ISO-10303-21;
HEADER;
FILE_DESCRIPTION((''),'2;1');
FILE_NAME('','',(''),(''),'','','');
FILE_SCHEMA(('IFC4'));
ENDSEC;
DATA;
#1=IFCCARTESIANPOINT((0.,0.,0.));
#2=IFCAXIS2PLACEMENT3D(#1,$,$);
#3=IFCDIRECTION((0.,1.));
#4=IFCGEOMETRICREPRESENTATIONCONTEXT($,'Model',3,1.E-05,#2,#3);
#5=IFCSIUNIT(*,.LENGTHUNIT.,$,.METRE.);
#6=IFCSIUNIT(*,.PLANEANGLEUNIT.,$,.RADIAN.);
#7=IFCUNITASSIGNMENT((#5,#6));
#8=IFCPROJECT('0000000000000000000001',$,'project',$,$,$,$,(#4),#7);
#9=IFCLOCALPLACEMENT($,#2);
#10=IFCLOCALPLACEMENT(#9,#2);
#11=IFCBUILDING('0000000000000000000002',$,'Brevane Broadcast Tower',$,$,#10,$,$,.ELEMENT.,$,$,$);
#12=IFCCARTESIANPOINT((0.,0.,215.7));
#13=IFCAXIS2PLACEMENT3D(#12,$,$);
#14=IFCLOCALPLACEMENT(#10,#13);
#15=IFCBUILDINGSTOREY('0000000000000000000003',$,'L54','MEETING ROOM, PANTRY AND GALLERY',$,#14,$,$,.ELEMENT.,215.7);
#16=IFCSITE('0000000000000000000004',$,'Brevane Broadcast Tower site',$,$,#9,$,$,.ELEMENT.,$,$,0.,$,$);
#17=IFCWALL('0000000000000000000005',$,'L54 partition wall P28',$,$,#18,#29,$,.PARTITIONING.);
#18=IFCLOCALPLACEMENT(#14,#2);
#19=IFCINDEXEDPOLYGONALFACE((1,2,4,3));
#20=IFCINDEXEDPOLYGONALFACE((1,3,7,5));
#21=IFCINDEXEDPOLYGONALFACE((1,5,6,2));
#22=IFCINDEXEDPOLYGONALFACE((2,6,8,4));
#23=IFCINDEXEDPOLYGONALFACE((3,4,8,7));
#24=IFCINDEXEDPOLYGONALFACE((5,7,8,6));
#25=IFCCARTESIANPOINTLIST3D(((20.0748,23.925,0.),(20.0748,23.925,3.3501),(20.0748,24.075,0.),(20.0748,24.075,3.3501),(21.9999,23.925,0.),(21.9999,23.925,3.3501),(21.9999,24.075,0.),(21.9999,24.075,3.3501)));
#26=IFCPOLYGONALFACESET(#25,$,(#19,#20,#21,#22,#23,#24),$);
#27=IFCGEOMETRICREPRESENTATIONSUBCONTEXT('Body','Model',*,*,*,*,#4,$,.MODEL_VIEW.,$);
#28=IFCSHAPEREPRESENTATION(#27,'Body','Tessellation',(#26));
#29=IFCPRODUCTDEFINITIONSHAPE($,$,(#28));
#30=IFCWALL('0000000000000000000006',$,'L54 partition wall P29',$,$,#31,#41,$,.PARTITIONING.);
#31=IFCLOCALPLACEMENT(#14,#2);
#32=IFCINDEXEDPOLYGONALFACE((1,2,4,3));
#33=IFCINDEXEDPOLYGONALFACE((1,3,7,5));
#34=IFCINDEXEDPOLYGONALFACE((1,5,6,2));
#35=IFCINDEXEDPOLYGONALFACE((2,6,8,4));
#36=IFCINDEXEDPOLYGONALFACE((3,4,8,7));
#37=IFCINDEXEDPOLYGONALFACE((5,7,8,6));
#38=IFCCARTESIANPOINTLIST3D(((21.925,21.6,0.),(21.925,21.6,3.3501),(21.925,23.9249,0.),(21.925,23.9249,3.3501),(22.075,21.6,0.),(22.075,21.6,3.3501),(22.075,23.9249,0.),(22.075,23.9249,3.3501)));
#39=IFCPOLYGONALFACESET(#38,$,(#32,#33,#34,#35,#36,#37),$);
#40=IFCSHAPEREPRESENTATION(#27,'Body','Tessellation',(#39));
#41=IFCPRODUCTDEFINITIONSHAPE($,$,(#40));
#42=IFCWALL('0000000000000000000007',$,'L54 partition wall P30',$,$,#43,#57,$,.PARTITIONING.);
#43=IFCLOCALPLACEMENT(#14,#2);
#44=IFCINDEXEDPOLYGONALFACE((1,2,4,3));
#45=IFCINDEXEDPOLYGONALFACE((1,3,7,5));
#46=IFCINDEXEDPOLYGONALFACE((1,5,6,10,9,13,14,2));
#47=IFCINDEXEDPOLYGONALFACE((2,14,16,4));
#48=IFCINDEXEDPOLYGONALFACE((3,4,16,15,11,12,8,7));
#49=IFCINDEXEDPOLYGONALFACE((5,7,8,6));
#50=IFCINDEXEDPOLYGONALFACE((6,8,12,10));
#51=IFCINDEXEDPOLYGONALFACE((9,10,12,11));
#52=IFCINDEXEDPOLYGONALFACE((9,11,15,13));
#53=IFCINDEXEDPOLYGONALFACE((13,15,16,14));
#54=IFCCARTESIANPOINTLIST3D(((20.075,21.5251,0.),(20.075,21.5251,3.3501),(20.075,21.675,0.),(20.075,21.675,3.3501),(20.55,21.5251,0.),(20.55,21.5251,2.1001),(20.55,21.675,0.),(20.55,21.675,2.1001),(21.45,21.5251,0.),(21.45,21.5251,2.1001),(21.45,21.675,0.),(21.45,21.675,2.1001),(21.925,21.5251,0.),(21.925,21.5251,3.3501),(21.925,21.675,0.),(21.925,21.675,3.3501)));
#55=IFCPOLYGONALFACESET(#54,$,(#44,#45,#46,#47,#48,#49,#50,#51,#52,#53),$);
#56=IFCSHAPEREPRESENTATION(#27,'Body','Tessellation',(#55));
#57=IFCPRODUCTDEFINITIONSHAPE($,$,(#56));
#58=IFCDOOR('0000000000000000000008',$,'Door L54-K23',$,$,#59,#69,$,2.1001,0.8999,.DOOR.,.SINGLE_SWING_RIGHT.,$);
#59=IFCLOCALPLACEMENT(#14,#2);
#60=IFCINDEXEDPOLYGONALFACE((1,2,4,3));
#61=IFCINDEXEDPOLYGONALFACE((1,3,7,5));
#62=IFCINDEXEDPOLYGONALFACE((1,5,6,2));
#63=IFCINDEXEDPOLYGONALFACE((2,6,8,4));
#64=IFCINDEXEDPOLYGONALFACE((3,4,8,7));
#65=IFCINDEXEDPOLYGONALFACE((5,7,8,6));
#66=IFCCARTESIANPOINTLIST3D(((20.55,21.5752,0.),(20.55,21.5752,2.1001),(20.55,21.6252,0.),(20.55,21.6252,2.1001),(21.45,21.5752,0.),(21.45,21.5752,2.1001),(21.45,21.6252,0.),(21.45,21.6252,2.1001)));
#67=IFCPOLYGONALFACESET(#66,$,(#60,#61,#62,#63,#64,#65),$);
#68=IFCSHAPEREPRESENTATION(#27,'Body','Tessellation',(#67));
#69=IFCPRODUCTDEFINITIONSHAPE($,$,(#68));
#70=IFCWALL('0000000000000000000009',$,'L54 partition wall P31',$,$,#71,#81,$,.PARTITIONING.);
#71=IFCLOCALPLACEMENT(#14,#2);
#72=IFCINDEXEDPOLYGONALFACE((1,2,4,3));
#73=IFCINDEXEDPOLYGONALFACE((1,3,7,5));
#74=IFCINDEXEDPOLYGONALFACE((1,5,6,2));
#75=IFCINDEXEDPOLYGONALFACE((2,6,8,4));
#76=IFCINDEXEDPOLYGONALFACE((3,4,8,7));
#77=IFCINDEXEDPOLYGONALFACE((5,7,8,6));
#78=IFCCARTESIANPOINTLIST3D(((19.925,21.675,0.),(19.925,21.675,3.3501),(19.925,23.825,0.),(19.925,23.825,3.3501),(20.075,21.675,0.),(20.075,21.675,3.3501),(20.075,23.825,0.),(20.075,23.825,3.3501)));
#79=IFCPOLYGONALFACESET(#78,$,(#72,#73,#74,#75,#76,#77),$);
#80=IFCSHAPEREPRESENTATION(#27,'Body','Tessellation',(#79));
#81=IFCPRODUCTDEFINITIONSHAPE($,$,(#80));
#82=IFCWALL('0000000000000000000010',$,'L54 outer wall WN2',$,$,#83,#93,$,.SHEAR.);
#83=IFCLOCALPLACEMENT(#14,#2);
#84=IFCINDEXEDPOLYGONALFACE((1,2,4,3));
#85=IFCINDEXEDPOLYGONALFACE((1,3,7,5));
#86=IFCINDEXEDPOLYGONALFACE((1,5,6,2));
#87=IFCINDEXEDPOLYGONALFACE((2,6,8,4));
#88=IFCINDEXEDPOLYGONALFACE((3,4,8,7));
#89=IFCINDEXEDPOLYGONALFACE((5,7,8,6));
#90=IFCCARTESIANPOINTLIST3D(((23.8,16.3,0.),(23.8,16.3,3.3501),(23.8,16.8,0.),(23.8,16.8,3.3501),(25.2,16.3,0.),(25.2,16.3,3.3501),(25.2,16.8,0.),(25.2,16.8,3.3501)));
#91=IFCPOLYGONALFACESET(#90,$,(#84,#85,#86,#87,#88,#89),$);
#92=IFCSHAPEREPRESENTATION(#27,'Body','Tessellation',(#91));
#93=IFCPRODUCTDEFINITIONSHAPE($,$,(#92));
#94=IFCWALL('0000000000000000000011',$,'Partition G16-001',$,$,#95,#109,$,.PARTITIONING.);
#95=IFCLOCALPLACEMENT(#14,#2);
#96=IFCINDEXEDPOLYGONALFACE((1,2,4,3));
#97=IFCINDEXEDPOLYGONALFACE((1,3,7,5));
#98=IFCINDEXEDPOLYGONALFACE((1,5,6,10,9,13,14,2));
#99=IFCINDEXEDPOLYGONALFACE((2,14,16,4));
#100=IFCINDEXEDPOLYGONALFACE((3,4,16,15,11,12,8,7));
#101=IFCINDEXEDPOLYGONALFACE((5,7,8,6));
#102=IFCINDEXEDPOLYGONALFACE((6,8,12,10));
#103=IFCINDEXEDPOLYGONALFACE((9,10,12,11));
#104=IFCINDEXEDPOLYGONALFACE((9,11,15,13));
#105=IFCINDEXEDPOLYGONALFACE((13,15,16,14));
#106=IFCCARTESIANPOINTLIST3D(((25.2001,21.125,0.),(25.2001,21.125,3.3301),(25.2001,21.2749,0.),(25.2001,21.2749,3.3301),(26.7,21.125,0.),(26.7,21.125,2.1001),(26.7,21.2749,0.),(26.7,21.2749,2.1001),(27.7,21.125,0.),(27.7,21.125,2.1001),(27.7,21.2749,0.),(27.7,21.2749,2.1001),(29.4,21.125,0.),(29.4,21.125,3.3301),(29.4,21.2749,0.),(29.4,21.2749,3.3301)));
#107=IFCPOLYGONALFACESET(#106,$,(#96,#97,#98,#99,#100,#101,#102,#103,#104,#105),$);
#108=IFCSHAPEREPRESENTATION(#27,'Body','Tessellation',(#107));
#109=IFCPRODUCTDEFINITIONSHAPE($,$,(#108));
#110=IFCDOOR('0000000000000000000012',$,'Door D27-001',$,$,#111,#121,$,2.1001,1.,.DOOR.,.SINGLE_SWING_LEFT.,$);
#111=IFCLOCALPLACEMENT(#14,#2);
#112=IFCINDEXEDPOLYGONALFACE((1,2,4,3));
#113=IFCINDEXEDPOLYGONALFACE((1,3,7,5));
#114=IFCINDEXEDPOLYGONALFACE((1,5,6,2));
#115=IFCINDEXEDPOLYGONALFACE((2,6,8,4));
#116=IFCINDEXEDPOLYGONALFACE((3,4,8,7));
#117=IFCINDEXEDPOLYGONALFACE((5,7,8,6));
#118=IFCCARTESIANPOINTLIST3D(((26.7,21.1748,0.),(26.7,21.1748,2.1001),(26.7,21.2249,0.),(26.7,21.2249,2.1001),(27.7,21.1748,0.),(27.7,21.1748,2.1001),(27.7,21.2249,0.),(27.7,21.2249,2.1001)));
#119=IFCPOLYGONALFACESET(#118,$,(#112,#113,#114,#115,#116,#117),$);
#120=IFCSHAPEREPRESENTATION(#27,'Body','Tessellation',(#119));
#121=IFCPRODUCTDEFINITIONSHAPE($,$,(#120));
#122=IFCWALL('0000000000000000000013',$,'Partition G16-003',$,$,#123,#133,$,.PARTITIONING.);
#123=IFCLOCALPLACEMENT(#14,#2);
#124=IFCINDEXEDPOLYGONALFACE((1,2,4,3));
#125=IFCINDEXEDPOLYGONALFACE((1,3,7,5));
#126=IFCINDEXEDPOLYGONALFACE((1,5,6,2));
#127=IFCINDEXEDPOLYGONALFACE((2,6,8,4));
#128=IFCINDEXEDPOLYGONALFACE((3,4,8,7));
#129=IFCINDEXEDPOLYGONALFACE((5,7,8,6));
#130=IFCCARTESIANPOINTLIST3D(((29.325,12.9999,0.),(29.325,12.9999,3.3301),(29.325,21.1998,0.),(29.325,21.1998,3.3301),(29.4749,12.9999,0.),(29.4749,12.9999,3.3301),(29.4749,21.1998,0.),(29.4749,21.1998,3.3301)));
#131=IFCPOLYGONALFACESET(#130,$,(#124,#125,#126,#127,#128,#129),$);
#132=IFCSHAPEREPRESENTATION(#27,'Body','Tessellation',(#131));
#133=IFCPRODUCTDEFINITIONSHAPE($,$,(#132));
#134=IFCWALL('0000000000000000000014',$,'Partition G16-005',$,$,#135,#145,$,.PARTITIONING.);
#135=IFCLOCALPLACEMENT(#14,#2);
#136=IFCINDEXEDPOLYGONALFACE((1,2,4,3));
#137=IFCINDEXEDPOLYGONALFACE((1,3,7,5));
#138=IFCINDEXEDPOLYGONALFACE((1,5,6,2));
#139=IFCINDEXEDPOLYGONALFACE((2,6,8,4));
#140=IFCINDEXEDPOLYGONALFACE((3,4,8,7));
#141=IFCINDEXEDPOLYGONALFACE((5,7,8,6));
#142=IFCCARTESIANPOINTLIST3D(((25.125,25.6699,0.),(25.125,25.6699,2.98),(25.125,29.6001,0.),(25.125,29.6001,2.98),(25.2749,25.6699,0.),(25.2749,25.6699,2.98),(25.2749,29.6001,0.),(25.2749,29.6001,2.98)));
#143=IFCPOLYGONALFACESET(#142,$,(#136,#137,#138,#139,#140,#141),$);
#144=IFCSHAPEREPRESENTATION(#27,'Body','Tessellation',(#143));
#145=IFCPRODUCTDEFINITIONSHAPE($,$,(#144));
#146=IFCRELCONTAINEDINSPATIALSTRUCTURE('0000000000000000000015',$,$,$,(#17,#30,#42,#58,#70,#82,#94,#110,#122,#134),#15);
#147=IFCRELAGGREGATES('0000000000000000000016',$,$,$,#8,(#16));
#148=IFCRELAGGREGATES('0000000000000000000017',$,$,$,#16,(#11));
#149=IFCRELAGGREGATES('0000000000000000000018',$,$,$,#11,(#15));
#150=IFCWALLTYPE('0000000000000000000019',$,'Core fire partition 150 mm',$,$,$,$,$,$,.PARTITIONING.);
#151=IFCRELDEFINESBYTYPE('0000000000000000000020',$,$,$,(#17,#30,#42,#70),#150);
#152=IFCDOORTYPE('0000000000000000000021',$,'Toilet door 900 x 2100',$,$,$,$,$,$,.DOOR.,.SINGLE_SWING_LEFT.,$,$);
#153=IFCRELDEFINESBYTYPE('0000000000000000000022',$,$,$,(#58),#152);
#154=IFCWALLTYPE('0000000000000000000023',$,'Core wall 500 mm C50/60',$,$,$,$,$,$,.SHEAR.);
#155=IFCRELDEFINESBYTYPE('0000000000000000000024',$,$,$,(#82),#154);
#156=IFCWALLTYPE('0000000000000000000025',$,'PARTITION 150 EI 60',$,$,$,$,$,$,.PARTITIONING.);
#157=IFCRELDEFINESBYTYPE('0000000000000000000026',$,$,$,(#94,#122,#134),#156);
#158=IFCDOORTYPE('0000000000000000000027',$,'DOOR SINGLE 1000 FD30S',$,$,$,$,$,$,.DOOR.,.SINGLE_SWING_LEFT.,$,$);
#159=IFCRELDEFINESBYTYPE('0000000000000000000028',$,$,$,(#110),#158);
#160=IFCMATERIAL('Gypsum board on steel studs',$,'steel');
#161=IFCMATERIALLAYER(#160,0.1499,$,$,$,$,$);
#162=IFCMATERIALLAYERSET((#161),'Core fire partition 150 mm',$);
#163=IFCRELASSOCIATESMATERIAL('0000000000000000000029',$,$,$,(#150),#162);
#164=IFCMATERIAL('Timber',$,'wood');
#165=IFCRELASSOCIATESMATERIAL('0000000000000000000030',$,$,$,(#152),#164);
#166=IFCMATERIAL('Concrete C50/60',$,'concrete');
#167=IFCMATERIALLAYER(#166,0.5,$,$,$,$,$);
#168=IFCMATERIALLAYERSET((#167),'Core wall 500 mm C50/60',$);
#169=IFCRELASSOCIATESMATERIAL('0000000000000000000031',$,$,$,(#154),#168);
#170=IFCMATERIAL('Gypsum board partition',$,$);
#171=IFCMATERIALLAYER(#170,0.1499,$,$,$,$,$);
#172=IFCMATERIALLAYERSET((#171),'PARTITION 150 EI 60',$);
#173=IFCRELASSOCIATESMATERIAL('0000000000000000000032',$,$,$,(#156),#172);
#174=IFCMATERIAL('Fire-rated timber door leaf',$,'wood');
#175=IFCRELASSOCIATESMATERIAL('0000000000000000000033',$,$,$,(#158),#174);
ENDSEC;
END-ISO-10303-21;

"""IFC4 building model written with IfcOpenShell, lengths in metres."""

from ifc_helpers import new_model, si_unit, direction, frame, frame_2d, origin, place, context, subcontext, project, spatial, rectangle, extrude, material, layer, layer_set, type_object, element, fill, save


model = new_model("IFC4")

# Units and contexts
model_context = context("Model", 3, precision=1e-05, world=origin(), true_north=direction((0.0, 1.0)))
body_context = subcontext(model_context, "Body", "Model", "MODEL_VIEW")
ifc_project = project(units=[si_unit("LENGTHUNIT", "METRE"), si_unit("PLANEANGLEUNIT", "RADIAN")], contexts=[model_context])

# Site, building, storey
site_placement = place(None, origin())
site = spatial("IfcSite", under=ifc_project, at=site_placement, Name="Brevane Broadcast Tower site", CompositionType="ELEMENT", RefElevation=0.0)
building_placement = place(site_placement, origin())
building = spatial("IfcBuilding", under=site, at=building_placement, Name="Brevane Broadcast Tower", CompositionType="ELEMENT")
storey_placement = place(building_placement, frame((0.0, 0.0, 215.7)))
storey = spatial("IfcBuildingStorey", under=building, at=storey_placement, Name="L54", Description="MEETING ROOM, PANTRY AND GALLERY", CompositionType="ELEMENT", Elevation=215.7)

# Shared definitions
ifc_material_1 = material(Name="Concrete C50/60", Category="concrete")

# Shared definitions
ifc_material_2 = material(Name="Gypsum board on steel studs", Category="steel")
ifc_layer_1 = layer(ifc_material_2, 0.1499)
ifc_layer_set_1 = layer_set([ifc_layer_1], Name="Core fire partition 150 mm")
wall_type_1 = type_object("IfcWallType", Name="Core fire partition 150 mm", PredefinedType="PARTITIONING", material=ifc_layer_set_1)

# Walls
wall_1_placement = place(storey_placement, frame((20.075, 24.0, 0.0), z_axis=(0.0, 0.0, 1.0), x_axis=(1.0, 0.0, 0.0)))
element("IfcWall", 1, at=wall_1_placement, inside=storey, type_object=wall_type_1, Name="L54 partition wall P28", PredefinedType="PARTITIONING", context=body_context, shape_type="SweptSolid", body=[
    extrude(rectangle(XDim=1.925, YDim=0.1499, at=frame_2d((0.9624, 0.0))), origin(), (0.0, 0.0, 1.0), 3.3501),
])
wall_2_placement = place(storey_placement, frame((22.0, 23.925, 0.0), z_axis=(0.0, 0.0, 1.0), x_axis=(0.0, -1.0, 0.0)))
element("IfcWall", 2, at=wall_2_placement, inside=storey, type_object=wall_type_1, Name="L54 partition wall P29", PredefinedType="PARTITIONING", context=body_context, shape_type="SweptSolid", body=[
    extrude(rectangle(XDim=2.325, YDim=0.1499, at=frame_2d((1.1626, 0.0))), origin(), (0.0, 0.0, 1.0), 3.3501),
])

# Wall, opening, door
wall_3_placement = place(storey_placement, frame((21.925, 21.6001, 0.0), z_axis=(0.0, 0.0, 1.0), x_axis=(-1.0, 0.0, 0.0)))
wall_3 = element("IfcWall", 3, at=wall_3_placement, inside=storey, type_object=wall_type_1, Name="L54 partition wall P30", PredefinedType="PARTITIONING", context=body_context, shape_type="SweptSolid", body=[
    extrude(rectangle(XDim=1.8501, YDim=0.1499, at=frame_2d((0.925, 0.0))), origin(), (0.0, 0.0, 1.0), 3.3501),
])
opening_1_placement = place(wall_3_placement, frame((0.4751, 0.0, 0.0)))
opening_1 = element("IfcOpeningElement", 4, at=opening_1_placement, cuts=wall_3, PredefinedType="OPENING", context=body_context, shape_type="SweptSolid", body=[
    extrude(rectangle(XDim=0.8999, YDim=2.1001, at=frame_2d((0.45, 1.05))), frame((0.0, 0.085, 0.0), z_axis=(0.0, -1.0, 0.0), x_axis=(1.0, 0.0, 0.0)), (0.0, 0.0, 1.0), 0.1699),
])
ifc_material_3 = material(Name="Timber", Category="wood")
door_type_1 = type_object("IfcDoorType", Name="Toilet door 900 x 2100", OperationType="SINGLE_SWING_LEFT", PredefinedType="DOOR", material=ifc_material_3)
door_1_placement = place(opening_1_placement, origin())
door_1 = element("IfcDoor", 5, at=door_1_placement, inside=storey, type_object=door_type_1, Name="Door L54-K23", OperationType="SINGLE_SWING_RIGHT", OverallHeight=2.1001, OverallWidth=0.8999, PredefinedType="DOOR", context=body_context, shape_type="SweptSolid", body=[
    extrude(rectangle(XDim=0.8999, YDim=2.1001, at=frame_2d((0.45, 1.05))), frame((0.0, 0.0249, 0.0), z_axis=(0.0, -1.0, 0.0), x_axis=(1.0, 0.0, 0.0)), (0.0, 0.0, 1.0), 0.05),
])
fill(opening_1, door_1)

# Walls
wall_4_placement = place(storey_placement, frame((20.0, 21.675, 0.0), z_axis=(0.0, 0.0, 1.0), x_axis=(0.0, 1.0, 0.0)))
element("IfcWall", 6, at=wall_4_placement, inside=storey, type_object=wall_type_1, Name="L54 partition wall P31", PredefinedType="PARTITIONING", context=body_context, shape_type="SweptSolid", body=[
    extrude(rectangle(XDim=2.1499, YDim=0.1499, at=frame_2d((1.075, 0.0))), origin(), (0.0, 0.0, 1.0), 3.3501),
])
ifc_layer_2 = layer(ifc_material_1, 0.5)
ifc_layer_set_2 = layer_set([ifc_layer_2], Name="Core wall 500 mm C50/60")
wall_type_2 = type_object("IfcWallType", Name="Core wall 500 mm C50/60", PredefinedType="SHEAR", material=ifc_layer_set_2)
wall_5_placement = place(storey_placement, frame((23.8, 16.55, 0.0), z_axis=(0.0, 0.0, 1.0), x_axis=(1.0, 0.0, 0.0)))
element("IfcWall", 7, at=wall_5_placement, inside=storey, type_object=wall_type_2, Name="L54 outer wall WN2", PredefinedType="SHEAR", context=body_context, shape_type="SweptSolid", body=[
    extrude(rectangle(XDim=1.3999, YDim=0.5, at=frame_2d((0.7, 0.0))), origin(), (0.0, 0.0, 1.0), 3.3501),
])

# Wall, opening, door
ifc_material_4 = material(Name="Gypsum board partition")
ifc_layer_3 = layer(ifc_material_4, 0.1499)
ifc_layer_set_3 = layer_set([ifc_layer_3], Name="PARTITION 150 EI 60")
wall_type_3 = type_object("IfcWallType", Name="PARTITION 150 EI 60", PredefinedType="PARTITIONING", material=ifc_layer_set_3)
wall_6_placement = place(storey_placement, frame((25.2, 21.2, 0.0), z_axis=(0.0, 0.0, 1.0), x_axis=(1.0, 0.0, 0.0)))
wall_6 = element("IfcWall", 8, at=wall_6_placement, inside=storey, type_object=wall_type_3, Name="Partition G16-001", PredefinedType="PARTITIONING", context=body_context, shape_type="SweptSolid", body=[
    extrude(rectangle(XDim=4.2, YDim=0.1499, at=frame_2d((2.1001, 0.0))), origin(), (0.0, 0.0, 1.0), 3.3301),
])
opening_2_placement = place(wall_6_placement, frame((1.5, 0.0, 0.0)))
opening_2 = element("IfcOpeningElement", 9, at=opening_2_placement, cuts=wall_6, PredefinedType="OPENING", context=body_context, shape_type="SweptSolid", body=[
    extrude(rectangle(XDim=1.0, YDim=2.1001, at=frame_2d((0.5, 1.05))), frame((0.0, 0.085, 0.0), z_axis=(0.0, -1.0, 0.0), x_axis=(1.0, 0.0, 0.0)), (0.0, 0.0, 1.0), 0.1699),
])
ifc_material_5 = material(Name="Fire-rated timber door leaf", Category="wood")
door_type_2 = type_object("IfcDoorType", Name="DOOR SINGLE 1000 FD30S", OperationType="SINGLE_SWING_LEFT", PredefinedType="DOOR", material=ifc_material_5)
door_2_placement = place(opening_2_placement, origin())
door_2 = element("IfcDoor", 10, at=door_2_placement, inside=storey, type_object=door_type_2, Name="Door D27-001", OperationType="SINGLE_SWING_LEFT", OverallHeight=2.1001, OverallWidth=1.0, PredefinedType="DOOR", context=body_context, shape_type="SweptSolid", body=[
    extrude(rectangle(XDim=1.0, YDim=2.1001, at=frame_2d((0.5, 1.05))), frame((0.0, 0.0249, 0.0), z_axis=(0.0, -1.0, 0.0), x_axis=(1.0, 0.0, 0.0)), (0.0, 0.0, 1.0), 0.05),
])
fill(opening_2, door_2)

# Walls
wall_7_placement = place(storey_placement, frame((29.3999, 21.2, 0.0), z_axis=(0.0, 0.0, 1.0), x_axis=(0.0, -1.0, 0.0)))
element("IfcWall", 11, at=wall_7_placement, inside=storey, type_object=wall_type_3, Name="Partition G16-003", PredefinedType="PARTITIONING", context=body_context, shape_type="SweptSolid", body=[
    extrude(rectangle(XDim=8.2, YDim=0.1499, at=frame_2d((4.1001, 0.0))), origin(), (0.0, 0.0, 1.0), 3.3301),
])
wall_8_placement = place(storey_placement, frame((25.2, 25.6699, 0.0), z_axis=(0.0, 0.0, 1.0), x_axis=(0.0, 1.0, 0.0)))
element("IfcWall", 12, at=wall_8_placement, inside=storey, type_object=wall_type_3, Name="Partition G16-005", PredefinedType="PARTITIONING", context=body_context, shape_type="SweptSolid", body=[
    extrude(rectangle(XDim=3.9302, YDim=0.1499, at=frame_2d((1.9651, 0.0))), origin(), (0.0, 0.0, 1.0), 2.98),
])

save(model, "model.ifc")
